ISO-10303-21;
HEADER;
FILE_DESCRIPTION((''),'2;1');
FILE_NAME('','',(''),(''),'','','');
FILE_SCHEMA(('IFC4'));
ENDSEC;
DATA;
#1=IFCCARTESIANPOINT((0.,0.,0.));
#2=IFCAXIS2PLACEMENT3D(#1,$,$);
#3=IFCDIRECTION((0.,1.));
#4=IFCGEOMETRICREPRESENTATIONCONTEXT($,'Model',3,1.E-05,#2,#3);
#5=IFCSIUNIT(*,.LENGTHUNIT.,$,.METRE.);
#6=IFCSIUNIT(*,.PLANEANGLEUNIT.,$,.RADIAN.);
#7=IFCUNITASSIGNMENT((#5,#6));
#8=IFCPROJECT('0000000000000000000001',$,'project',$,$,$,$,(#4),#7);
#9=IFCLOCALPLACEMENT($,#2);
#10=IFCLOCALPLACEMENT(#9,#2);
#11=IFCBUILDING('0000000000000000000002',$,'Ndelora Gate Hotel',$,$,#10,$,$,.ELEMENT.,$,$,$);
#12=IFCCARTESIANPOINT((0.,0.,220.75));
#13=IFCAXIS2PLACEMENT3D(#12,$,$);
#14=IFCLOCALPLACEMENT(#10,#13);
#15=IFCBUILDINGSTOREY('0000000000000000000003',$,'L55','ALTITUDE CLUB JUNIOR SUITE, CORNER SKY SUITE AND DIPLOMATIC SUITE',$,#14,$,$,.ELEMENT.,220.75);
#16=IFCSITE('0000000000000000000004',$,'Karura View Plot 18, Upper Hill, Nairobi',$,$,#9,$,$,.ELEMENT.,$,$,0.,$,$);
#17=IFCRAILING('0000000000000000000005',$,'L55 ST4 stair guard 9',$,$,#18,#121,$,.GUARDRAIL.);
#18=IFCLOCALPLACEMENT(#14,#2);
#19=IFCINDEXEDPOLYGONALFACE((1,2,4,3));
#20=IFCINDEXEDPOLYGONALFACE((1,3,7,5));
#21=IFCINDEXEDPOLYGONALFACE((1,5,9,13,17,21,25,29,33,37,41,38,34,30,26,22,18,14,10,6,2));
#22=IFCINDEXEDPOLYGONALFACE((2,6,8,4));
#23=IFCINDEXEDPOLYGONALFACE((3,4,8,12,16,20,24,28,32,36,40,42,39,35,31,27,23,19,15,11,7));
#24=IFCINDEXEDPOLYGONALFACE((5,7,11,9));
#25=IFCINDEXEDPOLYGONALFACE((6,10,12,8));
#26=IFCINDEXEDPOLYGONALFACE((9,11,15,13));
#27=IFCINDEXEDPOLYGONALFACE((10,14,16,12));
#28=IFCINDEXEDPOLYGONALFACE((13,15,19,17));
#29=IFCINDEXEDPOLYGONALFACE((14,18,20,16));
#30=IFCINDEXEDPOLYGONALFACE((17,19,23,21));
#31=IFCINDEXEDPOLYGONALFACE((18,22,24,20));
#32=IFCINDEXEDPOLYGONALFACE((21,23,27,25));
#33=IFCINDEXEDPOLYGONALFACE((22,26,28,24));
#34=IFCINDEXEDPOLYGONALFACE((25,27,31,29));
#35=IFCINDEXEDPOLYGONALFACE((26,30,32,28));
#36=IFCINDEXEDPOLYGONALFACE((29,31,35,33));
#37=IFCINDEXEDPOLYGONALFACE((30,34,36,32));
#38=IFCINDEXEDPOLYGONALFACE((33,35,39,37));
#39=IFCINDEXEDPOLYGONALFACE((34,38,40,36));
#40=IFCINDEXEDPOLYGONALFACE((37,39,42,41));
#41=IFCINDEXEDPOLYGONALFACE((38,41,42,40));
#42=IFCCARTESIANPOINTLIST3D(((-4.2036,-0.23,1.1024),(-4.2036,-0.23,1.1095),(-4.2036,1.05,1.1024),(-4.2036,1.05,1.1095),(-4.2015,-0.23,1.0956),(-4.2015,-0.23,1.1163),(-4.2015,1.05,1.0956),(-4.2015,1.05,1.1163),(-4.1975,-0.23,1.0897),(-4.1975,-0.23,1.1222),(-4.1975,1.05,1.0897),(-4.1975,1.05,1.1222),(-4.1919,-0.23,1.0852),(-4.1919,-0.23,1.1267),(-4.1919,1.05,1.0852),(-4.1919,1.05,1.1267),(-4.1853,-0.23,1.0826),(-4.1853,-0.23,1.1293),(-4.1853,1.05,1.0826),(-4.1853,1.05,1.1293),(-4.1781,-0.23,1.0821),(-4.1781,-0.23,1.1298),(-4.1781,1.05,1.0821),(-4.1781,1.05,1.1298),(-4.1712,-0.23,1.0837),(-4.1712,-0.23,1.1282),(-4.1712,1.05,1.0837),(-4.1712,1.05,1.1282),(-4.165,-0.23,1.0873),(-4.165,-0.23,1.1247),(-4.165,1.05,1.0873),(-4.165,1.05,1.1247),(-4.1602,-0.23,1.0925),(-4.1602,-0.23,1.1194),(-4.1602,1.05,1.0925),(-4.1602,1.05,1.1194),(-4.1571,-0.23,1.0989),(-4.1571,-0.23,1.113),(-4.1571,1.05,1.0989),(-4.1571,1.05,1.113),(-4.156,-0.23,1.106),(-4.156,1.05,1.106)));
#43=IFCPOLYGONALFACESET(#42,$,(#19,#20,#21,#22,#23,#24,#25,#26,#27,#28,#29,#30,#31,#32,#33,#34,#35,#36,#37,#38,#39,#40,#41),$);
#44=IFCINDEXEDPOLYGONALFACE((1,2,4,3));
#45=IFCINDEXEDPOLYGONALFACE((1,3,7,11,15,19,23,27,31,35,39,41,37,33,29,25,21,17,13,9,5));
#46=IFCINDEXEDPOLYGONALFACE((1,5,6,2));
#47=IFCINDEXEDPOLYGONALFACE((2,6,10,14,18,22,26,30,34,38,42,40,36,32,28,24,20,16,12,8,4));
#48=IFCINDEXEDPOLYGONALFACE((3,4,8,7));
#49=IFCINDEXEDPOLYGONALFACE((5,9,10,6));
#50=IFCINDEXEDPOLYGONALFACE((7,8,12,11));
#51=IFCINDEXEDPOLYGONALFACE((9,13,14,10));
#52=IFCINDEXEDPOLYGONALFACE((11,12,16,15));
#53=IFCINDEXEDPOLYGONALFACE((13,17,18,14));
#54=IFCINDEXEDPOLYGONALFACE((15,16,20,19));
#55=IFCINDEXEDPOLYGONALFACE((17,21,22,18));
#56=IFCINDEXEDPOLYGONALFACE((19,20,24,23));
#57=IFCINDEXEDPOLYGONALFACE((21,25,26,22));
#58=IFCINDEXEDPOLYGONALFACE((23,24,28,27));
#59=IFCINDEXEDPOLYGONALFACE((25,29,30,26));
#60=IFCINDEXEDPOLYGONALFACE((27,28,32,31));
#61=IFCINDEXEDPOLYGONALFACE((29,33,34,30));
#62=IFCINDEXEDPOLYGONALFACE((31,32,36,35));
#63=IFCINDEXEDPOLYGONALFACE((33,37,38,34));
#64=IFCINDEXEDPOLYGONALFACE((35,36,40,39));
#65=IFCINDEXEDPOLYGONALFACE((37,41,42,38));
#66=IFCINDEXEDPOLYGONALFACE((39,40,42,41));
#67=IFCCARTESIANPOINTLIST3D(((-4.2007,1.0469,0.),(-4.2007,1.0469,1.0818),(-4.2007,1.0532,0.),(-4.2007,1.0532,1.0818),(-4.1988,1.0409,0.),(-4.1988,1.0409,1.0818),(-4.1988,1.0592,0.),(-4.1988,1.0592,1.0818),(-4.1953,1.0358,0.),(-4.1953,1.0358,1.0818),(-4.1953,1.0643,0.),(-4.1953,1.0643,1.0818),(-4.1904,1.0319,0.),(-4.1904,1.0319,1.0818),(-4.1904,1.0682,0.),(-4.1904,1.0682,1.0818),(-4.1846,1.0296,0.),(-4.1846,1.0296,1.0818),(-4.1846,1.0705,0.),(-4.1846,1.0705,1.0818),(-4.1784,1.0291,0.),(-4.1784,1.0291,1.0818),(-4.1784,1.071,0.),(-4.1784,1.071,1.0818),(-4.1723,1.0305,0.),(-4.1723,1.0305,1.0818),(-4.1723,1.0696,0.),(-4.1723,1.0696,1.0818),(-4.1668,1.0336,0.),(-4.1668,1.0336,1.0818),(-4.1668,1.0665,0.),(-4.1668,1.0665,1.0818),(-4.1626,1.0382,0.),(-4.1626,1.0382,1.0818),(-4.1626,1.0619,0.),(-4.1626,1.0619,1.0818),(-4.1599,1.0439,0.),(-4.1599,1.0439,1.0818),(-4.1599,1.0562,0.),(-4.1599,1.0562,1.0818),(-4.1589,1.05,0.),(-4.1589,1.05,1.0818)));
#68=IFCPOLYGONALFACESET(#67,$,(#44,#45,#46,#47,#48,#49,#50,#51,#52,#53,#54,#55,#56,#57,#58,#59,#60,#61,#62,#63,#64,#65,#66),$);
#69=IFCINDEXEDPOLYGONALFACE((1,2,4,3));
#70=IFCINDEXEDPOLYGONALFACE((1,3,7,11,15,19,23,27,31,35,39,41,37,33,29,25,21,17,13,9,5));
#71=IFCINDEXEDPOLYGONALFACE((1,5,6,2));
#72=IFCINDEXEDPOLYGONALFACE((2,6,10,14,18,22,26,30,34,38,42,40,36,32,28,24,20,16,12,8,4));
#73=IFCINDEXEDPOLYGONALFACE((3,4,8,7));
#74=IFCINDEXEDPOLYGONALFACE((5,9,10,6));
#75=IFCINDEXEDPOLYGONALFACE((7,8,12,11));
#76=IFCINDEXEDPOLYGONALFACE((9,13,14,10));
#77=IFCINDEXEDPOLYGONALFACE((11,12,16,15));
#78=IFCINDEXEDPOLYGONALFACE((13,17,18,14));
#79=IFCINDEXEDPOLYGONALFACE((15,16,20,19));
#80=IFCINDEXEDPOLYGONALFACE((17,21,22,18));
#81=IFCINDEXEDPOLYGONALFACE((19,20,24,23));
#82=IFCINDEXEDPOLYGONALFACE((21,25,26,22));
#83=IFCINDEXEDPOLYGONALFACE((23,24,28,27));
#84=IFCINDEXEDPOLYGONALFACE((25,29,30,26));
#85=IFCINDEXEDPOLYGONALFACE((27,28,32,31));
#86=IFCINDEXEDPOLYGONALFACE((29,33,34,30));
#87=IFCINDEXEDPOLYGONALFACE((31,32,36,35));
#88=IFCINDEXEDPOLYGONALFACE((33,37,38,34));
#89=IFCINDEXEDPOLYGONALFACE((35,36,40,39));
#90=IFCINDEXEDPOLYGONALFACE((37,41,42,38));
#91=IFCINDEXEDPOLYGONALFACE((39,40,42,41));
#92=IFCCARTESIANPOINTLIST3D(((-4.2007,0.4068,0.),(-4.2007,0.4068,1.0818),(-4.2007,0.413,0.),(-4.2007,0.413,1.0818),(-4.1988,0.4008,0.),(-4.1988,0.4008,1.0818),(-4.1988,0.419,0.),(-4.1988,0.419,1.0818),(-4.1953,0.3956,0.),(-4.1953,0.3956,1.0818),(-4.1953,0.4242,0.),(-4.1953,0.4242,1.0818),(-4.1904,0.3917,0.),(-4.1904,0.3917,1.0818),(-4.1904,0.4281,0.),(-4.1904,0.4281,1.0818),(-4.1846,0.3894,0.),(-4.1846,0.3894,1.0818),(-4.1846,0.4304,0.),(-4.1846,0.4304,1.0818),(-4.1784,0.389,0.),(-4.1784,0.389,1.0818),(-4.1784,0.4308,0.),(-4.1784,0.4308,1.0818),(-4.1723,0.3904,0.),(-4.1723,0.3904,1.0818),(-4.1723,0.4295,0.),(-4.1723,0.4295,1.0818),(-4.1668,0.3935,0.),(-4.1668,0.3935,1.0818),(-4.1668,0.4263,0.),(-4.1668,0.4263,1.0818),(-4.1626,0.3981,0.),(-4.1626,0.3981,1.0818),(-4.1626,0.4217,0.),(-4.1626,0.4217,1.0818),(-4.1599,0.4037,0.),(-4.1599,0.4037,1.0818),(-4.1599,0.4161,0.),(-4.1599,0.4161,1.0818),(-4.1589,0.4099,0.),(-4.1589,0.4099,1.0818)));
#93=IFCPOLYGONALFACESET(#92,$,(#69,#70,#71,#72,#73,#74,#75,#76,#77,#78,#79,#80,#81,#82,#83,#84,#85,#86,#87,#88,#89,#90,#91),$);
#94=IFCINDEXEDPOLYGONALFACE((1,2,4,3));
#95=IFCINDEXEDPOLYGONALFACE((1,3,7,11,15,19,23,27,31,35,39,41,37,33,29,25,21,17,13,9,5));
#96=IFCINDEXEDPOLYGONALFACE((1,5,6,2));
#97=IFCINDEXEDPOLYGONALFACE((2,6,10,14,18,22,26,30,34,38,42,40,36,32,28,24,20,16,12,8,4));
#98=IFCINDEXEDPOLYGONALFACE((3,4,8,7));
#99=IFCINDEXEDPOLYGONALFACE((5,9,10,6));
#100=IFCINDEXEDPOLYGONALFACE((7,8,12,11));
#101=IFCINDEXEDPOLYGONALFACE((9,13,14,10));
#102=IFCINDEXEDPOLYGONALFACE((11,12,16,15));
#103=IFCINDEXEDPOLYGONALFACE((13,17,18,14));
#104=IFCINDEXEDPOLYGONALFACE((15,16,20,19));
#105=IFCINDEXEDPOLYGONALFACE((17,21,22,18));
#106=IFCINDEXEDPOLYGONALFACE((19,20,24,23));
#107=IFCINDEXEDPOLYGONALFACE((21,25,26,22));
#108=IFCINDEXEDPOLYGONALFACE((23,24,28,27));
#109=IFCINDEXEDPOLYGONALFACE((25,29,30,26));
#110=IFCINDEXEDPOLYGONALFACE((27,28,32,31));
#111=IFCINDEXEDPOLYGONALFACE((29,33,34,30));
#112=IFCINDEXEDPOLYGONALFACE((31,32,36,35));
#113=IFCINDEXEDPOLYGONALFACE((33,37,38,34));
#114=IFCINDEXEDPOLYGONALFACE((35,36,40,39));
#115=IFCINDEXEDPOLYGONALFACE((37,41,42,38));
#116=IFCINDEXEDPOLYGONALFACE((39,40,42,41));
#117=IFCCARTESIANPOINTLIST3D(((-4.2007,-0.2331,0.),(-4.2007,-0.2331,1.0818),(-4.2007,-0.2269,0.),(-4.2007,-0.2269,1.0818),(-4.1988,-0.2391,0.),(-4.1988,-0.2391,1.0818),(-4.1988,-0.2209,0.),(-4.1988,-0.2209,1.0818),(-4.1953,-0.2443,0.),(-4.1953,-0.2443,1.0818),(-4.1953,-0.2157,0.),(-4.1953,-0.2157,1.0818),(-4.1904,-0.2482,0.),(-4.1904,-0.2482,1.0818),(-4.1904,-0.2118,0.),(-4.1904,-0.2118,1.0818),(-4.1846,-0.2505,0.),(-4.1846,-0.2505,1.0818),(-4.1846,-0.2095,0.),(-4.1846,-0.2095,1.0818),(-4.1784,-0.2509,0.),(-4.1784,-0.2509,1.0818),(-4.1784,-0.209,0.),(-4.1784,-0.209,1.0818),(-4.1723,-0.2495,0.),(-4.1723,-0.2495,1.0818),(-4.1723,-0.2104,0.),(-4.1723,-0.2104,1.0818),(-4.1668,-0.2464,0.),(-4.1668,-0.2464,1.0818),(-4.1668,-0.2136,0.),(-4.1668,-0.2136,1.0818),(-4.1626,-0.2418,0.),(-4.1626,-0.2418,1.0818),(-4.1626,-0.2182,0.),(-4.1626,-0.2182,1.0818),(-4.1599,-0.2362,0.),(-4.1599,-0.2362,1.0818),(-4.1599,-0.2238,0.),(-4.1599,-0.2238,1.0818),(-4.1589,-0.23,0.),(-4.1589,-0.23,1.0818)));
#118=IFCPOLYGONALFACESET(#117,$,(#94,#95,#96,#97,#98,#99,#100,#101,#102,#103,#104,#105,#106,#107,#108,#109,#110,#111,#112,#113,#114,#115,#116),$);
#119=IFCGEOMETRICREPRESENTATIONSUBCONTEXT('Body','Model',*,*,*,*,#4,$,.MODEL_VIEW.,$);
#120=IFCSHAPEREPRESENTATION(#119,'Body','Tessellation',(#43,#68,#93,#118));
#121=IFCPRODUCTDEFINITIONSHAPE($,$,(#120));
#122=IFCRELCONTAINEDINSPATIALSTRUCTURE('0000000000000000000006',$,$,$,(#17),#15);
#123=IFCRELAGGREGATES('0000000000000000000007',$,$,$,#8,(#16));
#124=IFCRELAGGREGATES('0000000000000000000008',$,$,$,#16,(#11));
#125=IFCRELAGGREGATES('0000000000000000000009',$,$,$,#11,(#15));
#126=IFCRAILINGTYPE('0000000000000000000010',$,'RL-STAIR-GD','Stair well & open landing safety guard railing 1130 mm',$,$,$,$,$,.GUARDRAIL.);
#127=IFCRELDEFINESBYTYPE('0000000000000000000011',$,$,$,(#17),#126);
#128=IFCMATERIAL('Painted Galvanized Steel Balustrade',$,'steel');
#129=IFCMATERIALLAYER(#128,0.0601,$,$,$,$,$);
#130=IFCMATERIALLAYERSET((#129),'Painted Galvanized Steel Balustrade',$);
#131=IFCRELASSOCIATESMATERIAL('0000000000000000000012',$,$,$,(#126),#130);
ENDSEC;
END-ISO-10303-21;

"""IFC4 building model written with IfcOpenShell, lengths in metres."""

from ifc_helpers import new_model, si_unit, direction, frame, origin, origin_2d, place, context, subcontext, project, spatial, circle, extrude, material, layer, layer_set, type_object, element, save


model = new_model("IFC4")

# Units and contexts
model_context = context("Model", 3, precision=1e-05, world=origin(), true_north=direction((0.0, 1.0)))
body_context = subcontext(model_context, "Body", "Model", "MODEL_VIEW")
ifc_project = project(units=[si_unit("LENGTHUNIT", "METRE"), si_unit("PLANEANGLEUNIT", "RADIAN")], contexts=[model_context])

# Site, building, storey
site_placement = place(None, origin())
site = spatial("IfcSite", under=ifc_project, at=site_placement, Name="Karura View Plot 18, Upper Hill, Nairobi", CompositionType="ELEMENT", RefElevation=0.0)
building_placement = place(site_placement, origin())
building = spatial("IfcBuilding", under=site, at=building_placement, Name="Ndelora Gate Hotel", CompositionType="ELEMENT")
storey_placement = place(building_placement, frame((0.0, 0.0, 220.75)))
storey = spatial("IfcBuildingStorey", under=building, at=storey_placement, Name="L55", Description="ALTITUDE CLUB JUNIOR SUITE, CORNER SKY SUITE AND DIPLOMATIC SUITE", CompositionType="ELEMENT", Elevation=220.75)

# Railing
ifc_material_1 = material(Name="Painted Galvanized Steel Balustrade", Category="steel")
ifc_layer_1 = layer(ifc_material_1, 0.0601)
ifc_layer_set_1 = layer_set([ifc_layer_1], Name="Painted Galvanized Steel Balustrade")
railing_type = type_object("IfcRailingType", Name="RL-STAIR-GD", Description="Stair well & open landing safety guard railing 1130 mm", PredefinedType="GUARDRAIL", material=ifc_layer_set_1)
for number, where, name in (
    (1, (-4.1799, 1.05, 0.0), "L55 ST4 stair guard 9"),
):
    element("IfcRailing", number, at=place(storey_placement, frame(where)), inside=storey, type_object=railing_type, Name=name, PredefinedType="GUARDRAIL", context=body_context, shape_type="SweptSolid", body=[
        extrude(circle(Radius=0.0239, at=origin_2d()), frame((0.0, 0.0, 1.106), z_axis=(0.0, -1.0, 0.0), x_axis=(1.0, 0.0, 0.0)), (0.0, 0.0, 1.0), 1.28),
        extrude(circle(Radius=0.021, at=origin_2d()), origin(), (0.0, 0.0, 1.0), 1.0818),
        extrude(circle(Radius=0.021, at=origin_2d()), frame((0.0, -0.6401, 0.0)), (0.0, 0.0, 1.0), 1.0818),
        extrude(circle(Radius=0.021, at=origin_2d()), frame((0.0, -1.28, 0.0)), (0.0, 0.0, 1.0), 1.0818),
    ])

save(model, "model.ifc")
